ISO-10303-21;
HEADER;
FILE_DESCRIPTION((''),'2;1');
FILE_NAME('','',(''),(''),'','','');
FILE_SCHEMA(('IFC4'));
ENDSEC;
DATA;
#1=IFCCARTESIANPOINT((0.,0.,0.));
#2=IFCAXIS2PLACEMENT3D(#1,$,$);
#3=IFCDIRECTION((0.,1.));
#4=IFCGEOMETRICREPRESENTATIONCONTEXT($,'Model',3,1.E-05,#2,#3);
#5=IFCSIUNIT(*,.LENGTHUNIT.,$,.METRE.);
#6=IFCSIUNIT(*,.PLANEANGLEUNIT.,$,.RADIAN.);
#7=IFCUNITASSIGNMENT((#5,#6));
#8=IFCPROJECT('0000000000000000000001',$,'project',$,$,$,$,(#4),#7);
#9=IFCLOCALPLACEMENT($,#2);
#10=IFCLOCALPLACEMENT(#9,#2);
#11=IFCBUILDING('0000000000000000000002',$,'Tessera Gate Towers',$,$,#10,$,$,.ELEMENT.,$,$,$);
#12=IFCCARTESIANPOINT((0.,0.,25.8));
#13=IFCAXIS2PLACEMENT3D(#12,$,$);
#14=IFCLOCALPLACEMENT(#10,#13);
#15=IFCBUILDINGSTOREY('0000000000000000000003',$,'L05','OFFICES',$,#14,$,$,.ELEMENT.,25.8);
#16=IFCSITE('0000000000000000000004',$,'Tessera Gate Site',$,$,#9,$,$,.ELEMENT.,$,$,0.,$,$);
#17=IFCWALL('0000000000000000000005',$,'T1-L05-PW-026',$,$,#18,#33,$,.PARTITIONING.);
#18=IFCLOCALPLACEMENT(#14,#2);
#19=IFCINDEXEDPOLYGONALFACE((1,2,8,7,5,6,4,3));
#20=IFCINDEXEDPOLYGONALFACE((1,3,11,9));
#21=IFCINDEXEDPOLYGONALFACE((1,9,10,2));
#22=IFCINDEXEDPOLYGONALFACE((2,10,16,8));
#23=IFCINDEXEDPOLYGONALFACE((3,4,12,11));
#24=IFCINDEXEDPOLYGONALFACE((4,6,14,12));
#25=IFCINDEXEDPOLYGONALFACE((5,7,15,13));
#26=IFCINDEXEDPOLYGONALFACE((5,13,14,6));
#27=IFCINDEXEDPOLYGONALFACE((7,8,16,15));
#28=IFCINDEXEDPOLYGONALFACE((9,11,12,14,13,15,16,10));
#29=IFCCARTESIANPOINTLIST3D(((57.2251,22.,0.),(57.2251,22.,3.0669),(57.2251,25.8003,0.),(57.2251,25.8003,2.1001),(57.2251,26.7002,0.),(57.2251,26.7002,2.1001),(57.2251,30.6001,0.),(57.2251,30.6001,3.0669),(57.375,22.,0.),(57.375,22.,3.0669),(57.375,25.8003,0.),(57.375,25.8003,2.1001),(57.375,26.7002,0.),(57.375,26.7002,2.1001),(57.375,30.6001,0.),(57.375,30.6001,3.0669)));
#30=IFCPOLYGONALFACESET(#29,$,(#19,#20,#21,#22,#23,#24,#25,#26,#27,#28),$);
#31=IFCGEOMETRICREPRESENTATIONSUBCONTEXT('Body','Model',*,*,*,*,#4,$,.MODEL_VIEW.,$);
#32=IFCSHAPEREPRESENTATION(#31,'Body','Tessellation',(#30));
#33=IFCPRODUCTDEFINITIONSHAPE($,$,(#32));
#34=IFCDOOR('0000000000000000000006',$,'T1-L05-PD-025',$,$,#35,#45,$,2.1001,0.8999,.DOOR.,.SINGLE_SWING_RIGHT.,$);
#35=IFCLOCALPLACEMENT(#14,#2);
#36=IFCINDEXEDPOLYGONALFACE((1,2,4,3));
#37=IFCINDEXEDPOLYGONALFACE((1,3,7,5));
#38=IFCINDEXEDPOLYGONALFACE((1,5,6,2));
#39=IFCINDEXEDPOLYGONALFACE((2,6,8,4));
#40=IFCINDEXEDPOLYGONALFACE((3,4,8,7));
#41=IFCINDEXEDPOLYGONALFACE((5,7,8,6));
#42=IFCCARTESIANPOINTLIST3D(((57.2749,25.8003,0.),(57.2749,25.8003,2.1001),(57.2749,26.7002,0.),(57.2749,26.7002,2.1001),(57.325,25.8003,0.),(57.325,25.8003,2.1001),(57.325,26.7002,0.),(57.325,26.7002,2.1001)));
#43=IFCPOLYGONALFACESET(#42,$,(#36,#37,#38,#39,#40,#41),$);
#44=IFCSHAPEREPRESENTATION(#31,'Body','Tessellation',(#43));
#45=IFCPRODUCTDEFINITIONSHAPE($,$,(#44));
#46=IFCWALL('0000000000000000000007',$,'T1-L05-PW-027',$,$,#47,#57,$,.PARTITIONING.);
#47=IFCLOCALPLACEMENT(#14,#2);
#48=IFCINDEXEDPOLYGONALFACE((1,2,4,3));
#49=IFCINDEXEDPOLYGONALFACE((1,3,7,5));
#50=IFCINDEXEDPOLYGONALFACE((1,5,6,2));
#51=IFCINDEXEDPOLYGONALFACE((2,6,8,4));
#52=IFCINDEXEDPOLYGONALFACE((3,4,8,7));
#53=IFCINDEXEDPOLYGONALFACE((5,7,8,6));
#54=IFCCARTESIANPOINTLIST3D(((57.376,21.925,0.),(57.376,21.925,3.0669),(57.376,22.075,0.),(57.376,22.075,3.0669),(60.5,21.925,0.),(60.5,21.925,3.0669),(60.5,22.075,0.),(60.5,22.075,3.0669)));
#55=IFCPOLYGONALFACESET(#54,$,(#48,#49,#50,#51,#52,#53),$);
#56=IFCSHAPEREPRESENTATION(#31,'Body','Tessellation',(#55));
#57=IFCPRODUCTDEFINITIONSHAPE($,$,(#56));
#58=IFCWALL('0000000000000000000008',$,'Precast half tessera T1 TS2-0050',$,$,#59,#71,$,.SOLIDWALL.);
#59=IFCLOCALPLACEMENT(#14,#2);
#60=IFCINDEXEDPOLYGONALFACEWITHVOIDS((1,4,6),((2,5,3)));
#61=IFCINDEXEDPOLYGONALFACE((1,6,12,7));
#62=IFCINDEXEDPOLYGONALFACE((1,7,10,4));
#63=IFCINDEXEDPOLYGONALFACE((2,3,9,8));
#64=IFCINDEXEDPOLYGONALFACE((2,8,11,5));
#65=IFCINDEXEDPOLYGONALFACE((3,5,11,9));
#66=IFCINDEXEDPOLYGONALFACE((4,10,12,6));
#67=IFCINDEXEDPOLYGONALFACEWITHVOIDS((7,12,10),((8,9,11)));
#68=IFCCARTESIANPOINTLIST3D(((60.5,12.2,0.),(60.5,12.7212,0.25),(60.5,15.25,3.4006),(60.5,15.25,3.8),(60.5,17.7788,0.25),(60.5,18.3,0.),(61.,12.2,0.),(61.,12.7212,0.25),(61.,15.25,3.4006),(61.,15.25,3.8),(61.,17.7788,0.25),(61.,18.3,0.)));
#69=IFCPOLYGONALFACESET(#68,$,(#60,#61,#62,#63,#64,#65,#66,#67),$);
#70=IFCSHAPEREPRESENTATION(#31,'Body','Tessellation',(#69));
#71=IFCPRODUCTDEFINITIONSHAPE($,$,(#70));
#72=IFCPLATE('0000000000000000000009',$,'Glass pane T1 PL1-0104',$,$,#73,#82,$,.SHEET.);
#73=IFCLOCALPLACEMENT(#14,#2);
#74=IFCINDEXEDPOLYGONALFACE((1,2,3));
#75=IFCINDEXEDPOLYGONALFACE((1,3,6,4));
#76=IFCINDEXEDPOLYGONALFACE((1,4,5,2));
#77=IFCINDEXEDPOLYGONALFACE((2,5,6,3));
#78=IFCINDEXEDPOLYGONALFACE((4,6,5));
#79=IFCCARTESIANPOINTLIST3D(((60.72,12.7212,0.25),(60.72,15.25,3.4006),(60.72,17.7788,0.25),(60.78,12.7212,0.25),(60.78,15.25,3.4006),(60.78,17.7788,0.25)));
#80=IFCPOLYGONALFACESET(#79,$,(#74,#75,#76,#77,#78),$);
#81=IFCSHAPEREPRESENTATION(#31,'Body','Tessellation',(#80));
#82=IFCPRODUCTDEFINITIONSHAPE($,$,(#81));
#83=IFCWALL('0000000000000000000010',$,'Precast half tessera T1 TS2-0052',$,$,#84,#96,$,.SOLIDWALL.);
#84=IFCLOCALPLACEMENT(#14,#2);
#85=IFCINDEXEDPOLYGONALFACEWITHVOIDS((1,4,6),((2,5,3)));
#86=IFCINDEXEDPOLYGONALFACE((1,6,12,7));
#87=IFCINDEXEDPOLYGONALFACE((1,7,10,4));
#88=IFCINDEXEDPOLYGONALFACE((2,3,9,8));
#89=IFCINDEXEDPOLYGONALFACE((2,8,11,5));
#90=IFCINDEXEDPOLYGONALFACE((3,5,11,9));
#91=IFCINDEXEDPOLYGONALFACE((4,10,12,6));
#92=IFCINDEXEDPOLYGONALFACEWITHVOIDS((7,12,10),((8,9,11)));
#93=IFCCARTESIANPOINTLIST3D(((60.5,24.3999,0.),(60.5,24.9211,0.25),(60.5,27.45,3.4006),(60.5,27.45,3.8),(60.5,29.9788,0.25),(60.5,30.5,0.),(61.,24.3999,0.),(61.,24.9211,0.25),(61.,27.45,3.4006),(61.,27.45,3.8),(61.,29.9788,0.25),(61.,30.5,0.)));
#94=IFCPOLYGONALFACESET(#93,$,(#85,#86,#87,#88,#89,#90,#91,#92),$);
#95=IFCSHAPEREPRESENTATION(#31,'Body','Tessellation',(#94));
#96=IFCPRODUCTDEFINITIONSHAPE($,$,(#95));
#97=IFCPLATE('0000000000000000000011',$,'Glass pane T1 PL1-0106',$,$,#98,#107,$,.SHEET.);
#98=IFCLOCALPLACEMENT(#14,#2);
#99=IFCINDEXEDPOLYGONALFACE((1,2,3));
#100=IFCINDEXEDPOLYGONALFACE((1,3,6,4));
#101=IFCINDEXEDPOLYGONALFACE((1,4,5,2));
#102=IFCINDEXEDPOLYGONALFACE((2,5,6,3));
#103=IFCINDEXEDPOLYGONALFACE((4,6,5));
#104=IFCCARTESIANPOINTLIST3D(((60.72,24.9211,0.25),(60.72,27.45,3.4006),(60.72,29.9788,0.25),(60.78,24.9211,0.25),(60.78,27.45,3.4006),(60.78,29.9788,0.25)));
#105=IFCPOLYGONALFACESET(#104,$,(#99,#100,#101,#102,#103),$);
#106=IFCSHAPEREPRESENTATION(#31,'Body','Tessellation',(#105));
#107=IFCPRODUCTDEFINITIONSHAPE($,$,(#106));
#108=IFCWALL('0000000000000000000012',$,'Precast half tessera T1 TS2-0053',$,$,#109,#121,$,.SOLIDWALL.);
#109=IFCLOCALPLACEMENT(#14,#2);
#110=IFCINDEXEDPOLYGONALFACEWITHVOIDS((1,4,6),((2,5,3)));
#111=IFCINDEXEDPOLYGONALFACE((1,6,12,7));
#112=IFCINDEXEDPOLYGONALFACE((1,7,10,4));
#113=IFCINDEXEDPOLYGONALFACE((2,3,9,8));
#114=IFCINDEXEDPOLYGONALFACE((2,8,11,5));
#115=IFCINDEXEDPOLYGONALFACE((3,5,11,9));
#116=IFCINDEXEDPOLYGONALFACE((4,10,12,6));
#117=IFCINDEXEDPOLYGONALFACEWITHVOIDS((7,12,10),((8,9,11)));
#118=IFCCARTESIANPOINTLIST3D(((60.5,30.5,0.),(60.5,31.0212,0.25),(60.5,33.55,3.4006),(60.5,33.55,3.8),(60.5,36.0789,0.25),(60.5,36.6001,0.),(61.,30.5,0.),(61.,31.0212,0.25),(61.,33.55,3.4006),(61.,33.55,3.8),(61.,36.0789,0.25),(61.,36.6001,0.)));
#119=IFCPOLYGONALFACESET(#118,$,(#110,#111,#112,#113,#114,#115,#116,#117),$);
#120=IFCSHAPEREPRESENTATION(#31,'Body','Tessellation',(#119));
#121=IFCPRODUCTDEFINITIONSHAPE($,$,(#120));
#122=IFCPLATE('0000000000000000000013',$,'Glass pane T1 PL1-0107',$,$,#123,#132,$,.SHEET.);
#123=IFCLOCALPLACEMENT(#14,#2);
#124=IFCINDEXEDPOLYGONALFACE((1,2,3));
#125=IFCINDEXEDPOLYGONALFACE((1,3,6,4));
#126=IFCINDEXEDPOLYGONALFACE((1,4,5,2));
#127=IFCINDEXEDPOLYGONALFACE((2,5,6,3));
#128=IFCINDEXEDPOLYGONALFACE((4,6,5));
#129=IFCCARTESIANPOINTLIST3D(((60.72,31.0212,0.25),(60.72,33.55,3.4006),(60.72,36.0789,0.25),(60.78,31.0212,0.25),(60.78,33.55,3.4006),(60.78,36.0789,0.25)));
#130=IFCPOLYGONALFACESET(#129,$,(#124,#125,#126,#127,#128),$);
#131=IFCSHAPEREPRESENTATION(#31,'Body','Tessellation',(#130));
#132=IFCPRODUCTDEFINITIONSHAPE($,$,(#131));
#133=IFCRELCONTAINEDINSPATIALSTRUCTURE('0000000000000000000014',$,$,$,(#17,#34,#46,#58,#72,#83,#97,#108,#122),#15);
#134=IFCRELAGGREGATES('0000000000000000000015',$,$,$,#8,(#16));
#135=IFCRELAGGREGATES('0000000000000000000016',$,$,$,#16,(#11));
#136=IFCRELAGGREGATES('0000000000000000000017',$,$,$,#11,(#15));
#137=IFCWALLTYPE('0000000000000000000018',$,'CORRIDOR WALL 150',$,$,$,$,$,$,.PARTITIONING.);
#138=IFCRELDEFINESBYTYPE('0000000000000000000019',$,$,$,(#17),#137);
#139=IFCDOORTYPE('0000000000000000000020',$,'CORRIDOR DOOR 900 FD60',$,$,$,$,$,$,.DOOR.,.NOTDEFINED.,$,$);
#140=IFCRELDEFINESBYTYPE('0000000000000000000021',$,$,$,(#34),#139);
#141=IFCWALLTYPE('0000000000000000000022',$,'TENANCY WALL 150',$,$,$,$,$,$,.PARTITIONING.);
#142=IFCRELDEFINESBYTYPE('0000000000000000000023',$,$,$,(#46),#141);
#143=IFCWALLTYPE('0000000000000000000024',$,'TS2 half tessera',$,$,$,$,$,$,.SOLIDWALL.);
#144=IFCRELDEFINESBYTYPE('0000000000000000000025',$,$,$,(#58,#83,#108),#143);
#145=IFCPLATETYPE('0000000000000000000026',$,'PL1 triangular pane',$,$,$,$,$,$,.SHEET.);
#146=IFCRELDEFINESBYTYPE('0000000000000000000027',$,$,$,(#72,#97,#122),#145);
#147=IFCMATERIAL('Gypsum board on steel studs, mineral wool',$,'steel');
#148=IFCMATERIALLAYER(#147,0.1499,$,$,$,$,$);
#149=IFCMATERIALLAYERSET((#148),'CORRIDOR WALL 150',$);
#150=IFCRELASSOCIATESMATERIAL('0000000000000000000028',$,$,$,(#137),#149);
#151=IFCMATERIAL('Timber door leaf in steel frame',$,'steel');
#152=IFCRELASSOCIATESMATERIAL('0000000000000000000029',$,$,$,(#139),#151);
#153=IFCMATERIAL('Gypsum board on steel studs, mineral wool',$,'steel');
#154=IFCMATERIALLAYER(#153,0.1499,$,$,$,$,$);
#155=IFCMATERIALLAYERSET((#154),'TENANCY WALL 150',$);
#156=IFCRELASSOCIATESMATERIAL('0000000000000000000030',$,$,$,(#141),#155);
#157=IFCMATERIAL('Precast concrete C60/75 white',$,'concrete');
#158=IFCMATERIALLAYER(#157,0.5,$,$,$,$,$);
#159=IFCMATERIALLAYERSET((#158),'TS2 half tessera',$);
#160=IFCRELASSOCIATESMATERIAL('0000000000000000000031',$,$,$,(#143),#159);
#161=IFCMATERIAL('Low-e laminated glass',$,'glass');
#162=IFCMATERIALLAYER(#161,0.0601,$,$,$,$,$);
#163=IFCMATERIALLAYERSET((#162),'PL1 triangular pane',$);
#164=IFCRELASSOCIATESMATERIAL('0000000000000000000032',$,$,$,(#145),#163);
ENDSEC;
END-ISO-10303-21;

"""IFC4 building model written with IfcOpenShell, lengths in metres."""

from ifc_helpers import new_model, si_unit, direction, frame, frame_2d, origin, place, context, subcontext, project, spatial, polyline, rectangle, outline, extrude, source, transform, mapped, material, layer, layer_set, type_object, element, fill, save


model = new_model("IFC4")

# Units and contexts
model_context = context("Model", 3, precision=1e-05, world=origin(), true_north=direction((0.0, 1.0)))
body_context = subcontext(model_context, "Body", "Model", "MODEL_VIEW")
ifc_project = project(units=[si_unit("LENGTHUNIT", "METRE"), si_unit("PLANEANGLEUNIT", "RADIAN")], contexts=[model_context])

# Site, building, storey
site_placement = place(None, origin())
site = spatial("IfcSite", under=ifc_project, at=site_placement, Name="Tessera Gate Site", CompositionType="ELEMENT", RefElevation=0.0)
building_placement = place(site_placement, origin())
building = spatial("IfcBuilding", under=site, at=building_placement, Name="Tessera Gate Towers", CompositionType="ELEMENT")
storey_placement = place(building_placement, frame((0.0, 0.0, 25.8)))
storey = spatial("IfcBuildingStorey", under=building, at=storey_placement, Name="L05", Description="OFFICES", CompositionType="ELEMENT", Elevation=25.8)

# Shared definitions
ifc_material_1 = material(Name="Gypsum board on steel studs, mineral wool", Category="steel")
ifc_layer_1 = layer(ifc_material_1, 0.1499)
ifc_layer_set_1 = layer_set([ifc_layer_1], Name="CORRIDOR WALL 150")
wall_type_1 = type_object("IfcWallType", Name="CORRIDOR WALL 150", PredefinedType="PARTITIONING", material=ifc_layer_set_1)

# Wall, opening, door
wall_1_placement = place(storey_placement, frame((57.3, 30.6001, 0.0), z_axis=(0.0, 0.0, 1.0), x_axis=(0.0, -1.0, 0.0)))
wall_1 = element("IfcWall", 1, at=wall_1_placement, inside=storey, type_object=wall_type_1, Name="T1-L05-PW-026", PredefinedType="PARTITIONING", context=body_context, shape_type="SweptSolid", body=[
    extrude(rectangle(XDim=8.6001, YDim=0.1499, at=frame_2d((4.3, 0.0))), origin(), (0.0, 0.0, 1.0), 3.0669),
])
shared_shape_1 = source(origin(), body_context, "Body", "SweptSolid", [
    extrude(rectangle(XDim=0.8999, YDim=2.1001, at=frame_2d((0.45, 1.05))), frame((0.0, 0.085, 0.0), z_axis=(0.0, -1.0, 0.0), x_axis=(1.0, 0.0, 0.0)), (0.0, 0.0, 1.0), 0.1699),
])
opening_1_placement = place(wall_1_placement, frame((3.8999, 0.0, 0.0)))
opening_1 = element("IfcOpeningElement", 2, at=opening_1_placement, cuts=wall_1, PredefinedType="OPENING", context=body_context, shape_type="MappedRepresentation", body=[
    mapped(shared_shape_1, transform((0.0, 0.0, 0.0), scale=1.0)),
])
ifc_material_2 = material(Name="Timber door leaf in steel frame", Category="steel")
door_type_1 = type_object("IfcDoorType", Name="CORRIDOR DOOR 900 FD60", OperationType="NOTDEFINED", PredefinedType="DOOR", material=ifc_material_2)
shared_shape_2 = source(origin(), body_context, "Body", "SweptSolid", [
    extrude(rectangle(XDim=0.8999, YDim=2.1001, at=frame_2d((0.45, 1.05))), frame((0.0, 0.0249, 0.0), z_axis=(0.0, -1.0, 0.0), x_axis=(1.0, 0.0, 0.0)), (0.0, 0.0, 1.0), 0.05),
])
door_1_placement = place(opening_1_placement, origin())
door_1 = element("IfcDoor", 3, at=door_1_placement, inside=storey, type_object=door_type_1, Name="T1-L05-PD-025", OperationType="SINGLE_SWING_RIGHT", OverallHeight=2.1001, OverallWidth=0.8999, PredefinedType="DOOR", context=body_context, shape_type="MappedRepresentation", body=[
    mapped(shared_shape_2, transform((0.0, 0.0, 0.0), scale=1.0)),
])
fill(opening_1, door_1)

# Wall
ifc_material_3 = material(Name="Gypsum board on steel studs, mineral wool", Category="steel")
ifc_layer_2 = layer(ifc_material_3, 0.1499)
ifc_layer_set_2 = layer_set([ifc_layer_2], Name="TENANCY WALL 150")
wall_type_2 = type_object("IfcWallType", Name="TENANCY WALL 150", PredefinedType="PARTITIONING", material=ifc_layer_set_2)
wall_2_placement = place(storey_placement, frame((57.376, 22.0, 0.0), z_axis=(0.0, 0.0, 1.0), x_axis=(1.0, 0.0, 0.0)))
element("IfcWall", 4, at=wall_2_placement, inside=storey, type_object=wall_type_2, Name="T1-L05-PW-027", PredefinedType="PARTITIONING", context=body_context, shape_type="SweptSolid", body=[
    extrude(rectangle(XDim=3.124, YDim=0.1499, at=frame_2d((1.562, 0.0))), origin(), (0.0, 0.0, 1.0), 3.0669),
])

# Walls, openings, plates
ifc_material_4 = material(Name="Precast concrete C60/75 white", Category="concrete")
ifc_layer_3 = layer(ifc_material_4, 0.5)
ifc_layer_set_3 = layer_set([ifc_layer_3], Name="TS2 half tessera")
wall_type_3 = type_object("IfcWallType", Name="TS2 half tessera", PredefinedType="SOLIDWALL", material=ifc_layer_set_3)
shared_shape_3 = source(origin(), body_context, "Body", "SweptSolid", [
    extrude(outline(polyline([(6.1001, 0.0), (3.05, 3.8), (0.0, 0.0), (6.1001, 0.0)])), frame((0.0, 0.25, 0.0), z_axis=(0.0, -1.0, 0.0), x_axis=(1.0, 0.0, 0.0)), (0.0, 0.0, 1.0), 0.5),
])
wall_3_placement = place(storey_placement, frame((60.75, 12.2, 0.0), z_axis=(0.0, 0.0, 1.0), x_axis=(0.0, 1.0, 0.0)))
wall_3 = element("IfcWall", 5, at=wall_3_placement, inside=storey, type_object=wall_type_3, Name="Precast half tessera T1 TS2-0050", PredefinedType="SOLIDWALL", context=body_context, shape_type="MappedRepresentation", body=[
    mapped(shared_shape_3, transform((0.0, 0.0, 0.0), scale=1.0)),
])
shared_shape_4 = source(origin(), body_context, "Body", "SweptSolid", [
    extrude(outline(polyline([(5.5789, 0.25), (3.05, 3.4006), (0.5212, 0.25), (5.5789, 0.25)])), frame((0.0, 0.26, 0.0), z_axis=(0.0, -1.0, 0.0), x_axis=(1.0, 0.0, 0.0)), (0.0, 0.0, 1.0), 0.52),
])
opening_2_placement = place(wall_3_placement, origin())
opening_2 = element("IfcOpeningElement", 6, at=opening_2_placement, cuts=wall_3, PredefinedType="OPENING", context=body_context, shape_type="MappedRepresentation", body=[
    mapped(shared_shape_4, transform((0.0, 0.0, 0.0), scale=1.0)),
])
ifc_material_5 = material(Name="Low-e laminated glass", Category="glass")
ifc_layer_4 = layer(ifc_material_5, 0.0601)
ifc_layer_set_4 = layer_set([ifc_layer_4], Name="PL1 triangular pane")
plate_type = type_object("IfcPlateType", Name="PL1 triangular pane", PredefinedType="SHEET", material=ifc_layer_set_4)
shared_shape_5 = source(origin(), body_context, "Body", "SweptSolid", [
    extrude(outline(polyline([(5.5789, 0.25), (3.05, 3.4006), (0.5212, 0.25), (5.5789, 0.25)])), frame((0.0, 0.03, 0.0), z_axis=(0.0, -1.0, 0.0), x_axis=(1.0, 0.0, 0.0)), (0.0, 0.0, 1.0), 0.0601),
])
plate_1_placement = place(opening_2_placement, origin())
plate_1 = element("IfcPlate", 7, at=plate_1_placement, inside=storey, type_object=plate_type, Name="Glass pane T1 PL1-0104", PredefinedType="SHEET", context=body_context, shape_type="MappedRepresentation", body=[
    mapped(shared_shape_5, transform((0.0, 0.0, 0.0), scale=1.0)),
])
fill(opening_2, plate_1)
wall_4_placement = place(storey_placement, frame((60.75, 24.3999, 0.0), z_axis=(0.0, 0.0, 1.0), x_axis=(0.0, 1.0, 0.0)))
wall_4 = element("IfcWall", 8, at=wall_4_placement, inside=storey, type_object=wall_type_3, Name="Precast half tessera T1 TS2-0052", PredefinedType="SOLIDWALL", context=body_context, shape_type="MappedRepresentation", body=[
    mapped(shared_shape_3, transform((0.0, 0.0, 0.0), scale=1.0)),
])
opening_3_placement = place(wall_4_placement, origin())
opening_3 = element("IfcOpeningElement", 9, at=opening_3_placement, cuts=wall_4, PredefinedType="OPENING", context=body_context, shape_type="MappedRepresentation", body=[
    mapped(shared_shape_4, transform((0.0, 0.0, 0.0), scale=1.0)),
])
plate_2_placement = place(opening_3_placement, origin())
plate_2 = element("IfcPlate", 10, at=plate_2_placement, inside=storey, type_object=plate_type, Name="Glass pane T1 PL1-0106", PredefinedType="SHEET", context=body_context, shape_type="MappedRepresentation", body=[
    mapped(shared_shape_5, transform((0.0, 0.0, 0.0), scale=1.0)),
])
fill(opening_3, plate_2)
wall_5_placement = place(storey_placement, frame((60.75, 30.5, 0.0), z_axis=(0.0, 0.0, 1.0), x_axis=(0.0, 1.0, 0.0)))
wall_5 = element("IfcWall", 11, at=wall_5_placement, inside=storey, type_object=wall_type_3, Name="Precast half tessera T1 TS2-0053", PredefinedType="SOLIDWALL", context=body_context, shape_type="MappedRepresentation", body=[
    mapped(shared_shape_3, transform((0.0, 0.0, 0.0), scale=1.0)),
])
opening_4_placement = place(wall_5_placement, origin())
opening_4 = element("IfcOpeningElement", 12, at=opening_4_placement, cuts=wall_5, PredefinedType="OPENING", context=body_context, shape_type="MappedRepresentation", body=[
    mapped(shared_shape_4, transform((0.0, 0.0, 0.0), scale=1.0)),
])
plate_3_placement = place(opening_4_placement, origin())
plate_3 = element("IfcPlate", 13, at=plate_3_placement, inside=storey, type_object=plate_type, Name="Glass pane T1 PL1-0107", PredefinedType="SHEET", context=body_context, shape_type="MappedRepresentation", body=[
    mapped(shared_shape_5, transform((0.0, 0.0, 0.0), scale=1.0)),
])
fill(opening_4, plate_3)

save(model, "model.ifc")
